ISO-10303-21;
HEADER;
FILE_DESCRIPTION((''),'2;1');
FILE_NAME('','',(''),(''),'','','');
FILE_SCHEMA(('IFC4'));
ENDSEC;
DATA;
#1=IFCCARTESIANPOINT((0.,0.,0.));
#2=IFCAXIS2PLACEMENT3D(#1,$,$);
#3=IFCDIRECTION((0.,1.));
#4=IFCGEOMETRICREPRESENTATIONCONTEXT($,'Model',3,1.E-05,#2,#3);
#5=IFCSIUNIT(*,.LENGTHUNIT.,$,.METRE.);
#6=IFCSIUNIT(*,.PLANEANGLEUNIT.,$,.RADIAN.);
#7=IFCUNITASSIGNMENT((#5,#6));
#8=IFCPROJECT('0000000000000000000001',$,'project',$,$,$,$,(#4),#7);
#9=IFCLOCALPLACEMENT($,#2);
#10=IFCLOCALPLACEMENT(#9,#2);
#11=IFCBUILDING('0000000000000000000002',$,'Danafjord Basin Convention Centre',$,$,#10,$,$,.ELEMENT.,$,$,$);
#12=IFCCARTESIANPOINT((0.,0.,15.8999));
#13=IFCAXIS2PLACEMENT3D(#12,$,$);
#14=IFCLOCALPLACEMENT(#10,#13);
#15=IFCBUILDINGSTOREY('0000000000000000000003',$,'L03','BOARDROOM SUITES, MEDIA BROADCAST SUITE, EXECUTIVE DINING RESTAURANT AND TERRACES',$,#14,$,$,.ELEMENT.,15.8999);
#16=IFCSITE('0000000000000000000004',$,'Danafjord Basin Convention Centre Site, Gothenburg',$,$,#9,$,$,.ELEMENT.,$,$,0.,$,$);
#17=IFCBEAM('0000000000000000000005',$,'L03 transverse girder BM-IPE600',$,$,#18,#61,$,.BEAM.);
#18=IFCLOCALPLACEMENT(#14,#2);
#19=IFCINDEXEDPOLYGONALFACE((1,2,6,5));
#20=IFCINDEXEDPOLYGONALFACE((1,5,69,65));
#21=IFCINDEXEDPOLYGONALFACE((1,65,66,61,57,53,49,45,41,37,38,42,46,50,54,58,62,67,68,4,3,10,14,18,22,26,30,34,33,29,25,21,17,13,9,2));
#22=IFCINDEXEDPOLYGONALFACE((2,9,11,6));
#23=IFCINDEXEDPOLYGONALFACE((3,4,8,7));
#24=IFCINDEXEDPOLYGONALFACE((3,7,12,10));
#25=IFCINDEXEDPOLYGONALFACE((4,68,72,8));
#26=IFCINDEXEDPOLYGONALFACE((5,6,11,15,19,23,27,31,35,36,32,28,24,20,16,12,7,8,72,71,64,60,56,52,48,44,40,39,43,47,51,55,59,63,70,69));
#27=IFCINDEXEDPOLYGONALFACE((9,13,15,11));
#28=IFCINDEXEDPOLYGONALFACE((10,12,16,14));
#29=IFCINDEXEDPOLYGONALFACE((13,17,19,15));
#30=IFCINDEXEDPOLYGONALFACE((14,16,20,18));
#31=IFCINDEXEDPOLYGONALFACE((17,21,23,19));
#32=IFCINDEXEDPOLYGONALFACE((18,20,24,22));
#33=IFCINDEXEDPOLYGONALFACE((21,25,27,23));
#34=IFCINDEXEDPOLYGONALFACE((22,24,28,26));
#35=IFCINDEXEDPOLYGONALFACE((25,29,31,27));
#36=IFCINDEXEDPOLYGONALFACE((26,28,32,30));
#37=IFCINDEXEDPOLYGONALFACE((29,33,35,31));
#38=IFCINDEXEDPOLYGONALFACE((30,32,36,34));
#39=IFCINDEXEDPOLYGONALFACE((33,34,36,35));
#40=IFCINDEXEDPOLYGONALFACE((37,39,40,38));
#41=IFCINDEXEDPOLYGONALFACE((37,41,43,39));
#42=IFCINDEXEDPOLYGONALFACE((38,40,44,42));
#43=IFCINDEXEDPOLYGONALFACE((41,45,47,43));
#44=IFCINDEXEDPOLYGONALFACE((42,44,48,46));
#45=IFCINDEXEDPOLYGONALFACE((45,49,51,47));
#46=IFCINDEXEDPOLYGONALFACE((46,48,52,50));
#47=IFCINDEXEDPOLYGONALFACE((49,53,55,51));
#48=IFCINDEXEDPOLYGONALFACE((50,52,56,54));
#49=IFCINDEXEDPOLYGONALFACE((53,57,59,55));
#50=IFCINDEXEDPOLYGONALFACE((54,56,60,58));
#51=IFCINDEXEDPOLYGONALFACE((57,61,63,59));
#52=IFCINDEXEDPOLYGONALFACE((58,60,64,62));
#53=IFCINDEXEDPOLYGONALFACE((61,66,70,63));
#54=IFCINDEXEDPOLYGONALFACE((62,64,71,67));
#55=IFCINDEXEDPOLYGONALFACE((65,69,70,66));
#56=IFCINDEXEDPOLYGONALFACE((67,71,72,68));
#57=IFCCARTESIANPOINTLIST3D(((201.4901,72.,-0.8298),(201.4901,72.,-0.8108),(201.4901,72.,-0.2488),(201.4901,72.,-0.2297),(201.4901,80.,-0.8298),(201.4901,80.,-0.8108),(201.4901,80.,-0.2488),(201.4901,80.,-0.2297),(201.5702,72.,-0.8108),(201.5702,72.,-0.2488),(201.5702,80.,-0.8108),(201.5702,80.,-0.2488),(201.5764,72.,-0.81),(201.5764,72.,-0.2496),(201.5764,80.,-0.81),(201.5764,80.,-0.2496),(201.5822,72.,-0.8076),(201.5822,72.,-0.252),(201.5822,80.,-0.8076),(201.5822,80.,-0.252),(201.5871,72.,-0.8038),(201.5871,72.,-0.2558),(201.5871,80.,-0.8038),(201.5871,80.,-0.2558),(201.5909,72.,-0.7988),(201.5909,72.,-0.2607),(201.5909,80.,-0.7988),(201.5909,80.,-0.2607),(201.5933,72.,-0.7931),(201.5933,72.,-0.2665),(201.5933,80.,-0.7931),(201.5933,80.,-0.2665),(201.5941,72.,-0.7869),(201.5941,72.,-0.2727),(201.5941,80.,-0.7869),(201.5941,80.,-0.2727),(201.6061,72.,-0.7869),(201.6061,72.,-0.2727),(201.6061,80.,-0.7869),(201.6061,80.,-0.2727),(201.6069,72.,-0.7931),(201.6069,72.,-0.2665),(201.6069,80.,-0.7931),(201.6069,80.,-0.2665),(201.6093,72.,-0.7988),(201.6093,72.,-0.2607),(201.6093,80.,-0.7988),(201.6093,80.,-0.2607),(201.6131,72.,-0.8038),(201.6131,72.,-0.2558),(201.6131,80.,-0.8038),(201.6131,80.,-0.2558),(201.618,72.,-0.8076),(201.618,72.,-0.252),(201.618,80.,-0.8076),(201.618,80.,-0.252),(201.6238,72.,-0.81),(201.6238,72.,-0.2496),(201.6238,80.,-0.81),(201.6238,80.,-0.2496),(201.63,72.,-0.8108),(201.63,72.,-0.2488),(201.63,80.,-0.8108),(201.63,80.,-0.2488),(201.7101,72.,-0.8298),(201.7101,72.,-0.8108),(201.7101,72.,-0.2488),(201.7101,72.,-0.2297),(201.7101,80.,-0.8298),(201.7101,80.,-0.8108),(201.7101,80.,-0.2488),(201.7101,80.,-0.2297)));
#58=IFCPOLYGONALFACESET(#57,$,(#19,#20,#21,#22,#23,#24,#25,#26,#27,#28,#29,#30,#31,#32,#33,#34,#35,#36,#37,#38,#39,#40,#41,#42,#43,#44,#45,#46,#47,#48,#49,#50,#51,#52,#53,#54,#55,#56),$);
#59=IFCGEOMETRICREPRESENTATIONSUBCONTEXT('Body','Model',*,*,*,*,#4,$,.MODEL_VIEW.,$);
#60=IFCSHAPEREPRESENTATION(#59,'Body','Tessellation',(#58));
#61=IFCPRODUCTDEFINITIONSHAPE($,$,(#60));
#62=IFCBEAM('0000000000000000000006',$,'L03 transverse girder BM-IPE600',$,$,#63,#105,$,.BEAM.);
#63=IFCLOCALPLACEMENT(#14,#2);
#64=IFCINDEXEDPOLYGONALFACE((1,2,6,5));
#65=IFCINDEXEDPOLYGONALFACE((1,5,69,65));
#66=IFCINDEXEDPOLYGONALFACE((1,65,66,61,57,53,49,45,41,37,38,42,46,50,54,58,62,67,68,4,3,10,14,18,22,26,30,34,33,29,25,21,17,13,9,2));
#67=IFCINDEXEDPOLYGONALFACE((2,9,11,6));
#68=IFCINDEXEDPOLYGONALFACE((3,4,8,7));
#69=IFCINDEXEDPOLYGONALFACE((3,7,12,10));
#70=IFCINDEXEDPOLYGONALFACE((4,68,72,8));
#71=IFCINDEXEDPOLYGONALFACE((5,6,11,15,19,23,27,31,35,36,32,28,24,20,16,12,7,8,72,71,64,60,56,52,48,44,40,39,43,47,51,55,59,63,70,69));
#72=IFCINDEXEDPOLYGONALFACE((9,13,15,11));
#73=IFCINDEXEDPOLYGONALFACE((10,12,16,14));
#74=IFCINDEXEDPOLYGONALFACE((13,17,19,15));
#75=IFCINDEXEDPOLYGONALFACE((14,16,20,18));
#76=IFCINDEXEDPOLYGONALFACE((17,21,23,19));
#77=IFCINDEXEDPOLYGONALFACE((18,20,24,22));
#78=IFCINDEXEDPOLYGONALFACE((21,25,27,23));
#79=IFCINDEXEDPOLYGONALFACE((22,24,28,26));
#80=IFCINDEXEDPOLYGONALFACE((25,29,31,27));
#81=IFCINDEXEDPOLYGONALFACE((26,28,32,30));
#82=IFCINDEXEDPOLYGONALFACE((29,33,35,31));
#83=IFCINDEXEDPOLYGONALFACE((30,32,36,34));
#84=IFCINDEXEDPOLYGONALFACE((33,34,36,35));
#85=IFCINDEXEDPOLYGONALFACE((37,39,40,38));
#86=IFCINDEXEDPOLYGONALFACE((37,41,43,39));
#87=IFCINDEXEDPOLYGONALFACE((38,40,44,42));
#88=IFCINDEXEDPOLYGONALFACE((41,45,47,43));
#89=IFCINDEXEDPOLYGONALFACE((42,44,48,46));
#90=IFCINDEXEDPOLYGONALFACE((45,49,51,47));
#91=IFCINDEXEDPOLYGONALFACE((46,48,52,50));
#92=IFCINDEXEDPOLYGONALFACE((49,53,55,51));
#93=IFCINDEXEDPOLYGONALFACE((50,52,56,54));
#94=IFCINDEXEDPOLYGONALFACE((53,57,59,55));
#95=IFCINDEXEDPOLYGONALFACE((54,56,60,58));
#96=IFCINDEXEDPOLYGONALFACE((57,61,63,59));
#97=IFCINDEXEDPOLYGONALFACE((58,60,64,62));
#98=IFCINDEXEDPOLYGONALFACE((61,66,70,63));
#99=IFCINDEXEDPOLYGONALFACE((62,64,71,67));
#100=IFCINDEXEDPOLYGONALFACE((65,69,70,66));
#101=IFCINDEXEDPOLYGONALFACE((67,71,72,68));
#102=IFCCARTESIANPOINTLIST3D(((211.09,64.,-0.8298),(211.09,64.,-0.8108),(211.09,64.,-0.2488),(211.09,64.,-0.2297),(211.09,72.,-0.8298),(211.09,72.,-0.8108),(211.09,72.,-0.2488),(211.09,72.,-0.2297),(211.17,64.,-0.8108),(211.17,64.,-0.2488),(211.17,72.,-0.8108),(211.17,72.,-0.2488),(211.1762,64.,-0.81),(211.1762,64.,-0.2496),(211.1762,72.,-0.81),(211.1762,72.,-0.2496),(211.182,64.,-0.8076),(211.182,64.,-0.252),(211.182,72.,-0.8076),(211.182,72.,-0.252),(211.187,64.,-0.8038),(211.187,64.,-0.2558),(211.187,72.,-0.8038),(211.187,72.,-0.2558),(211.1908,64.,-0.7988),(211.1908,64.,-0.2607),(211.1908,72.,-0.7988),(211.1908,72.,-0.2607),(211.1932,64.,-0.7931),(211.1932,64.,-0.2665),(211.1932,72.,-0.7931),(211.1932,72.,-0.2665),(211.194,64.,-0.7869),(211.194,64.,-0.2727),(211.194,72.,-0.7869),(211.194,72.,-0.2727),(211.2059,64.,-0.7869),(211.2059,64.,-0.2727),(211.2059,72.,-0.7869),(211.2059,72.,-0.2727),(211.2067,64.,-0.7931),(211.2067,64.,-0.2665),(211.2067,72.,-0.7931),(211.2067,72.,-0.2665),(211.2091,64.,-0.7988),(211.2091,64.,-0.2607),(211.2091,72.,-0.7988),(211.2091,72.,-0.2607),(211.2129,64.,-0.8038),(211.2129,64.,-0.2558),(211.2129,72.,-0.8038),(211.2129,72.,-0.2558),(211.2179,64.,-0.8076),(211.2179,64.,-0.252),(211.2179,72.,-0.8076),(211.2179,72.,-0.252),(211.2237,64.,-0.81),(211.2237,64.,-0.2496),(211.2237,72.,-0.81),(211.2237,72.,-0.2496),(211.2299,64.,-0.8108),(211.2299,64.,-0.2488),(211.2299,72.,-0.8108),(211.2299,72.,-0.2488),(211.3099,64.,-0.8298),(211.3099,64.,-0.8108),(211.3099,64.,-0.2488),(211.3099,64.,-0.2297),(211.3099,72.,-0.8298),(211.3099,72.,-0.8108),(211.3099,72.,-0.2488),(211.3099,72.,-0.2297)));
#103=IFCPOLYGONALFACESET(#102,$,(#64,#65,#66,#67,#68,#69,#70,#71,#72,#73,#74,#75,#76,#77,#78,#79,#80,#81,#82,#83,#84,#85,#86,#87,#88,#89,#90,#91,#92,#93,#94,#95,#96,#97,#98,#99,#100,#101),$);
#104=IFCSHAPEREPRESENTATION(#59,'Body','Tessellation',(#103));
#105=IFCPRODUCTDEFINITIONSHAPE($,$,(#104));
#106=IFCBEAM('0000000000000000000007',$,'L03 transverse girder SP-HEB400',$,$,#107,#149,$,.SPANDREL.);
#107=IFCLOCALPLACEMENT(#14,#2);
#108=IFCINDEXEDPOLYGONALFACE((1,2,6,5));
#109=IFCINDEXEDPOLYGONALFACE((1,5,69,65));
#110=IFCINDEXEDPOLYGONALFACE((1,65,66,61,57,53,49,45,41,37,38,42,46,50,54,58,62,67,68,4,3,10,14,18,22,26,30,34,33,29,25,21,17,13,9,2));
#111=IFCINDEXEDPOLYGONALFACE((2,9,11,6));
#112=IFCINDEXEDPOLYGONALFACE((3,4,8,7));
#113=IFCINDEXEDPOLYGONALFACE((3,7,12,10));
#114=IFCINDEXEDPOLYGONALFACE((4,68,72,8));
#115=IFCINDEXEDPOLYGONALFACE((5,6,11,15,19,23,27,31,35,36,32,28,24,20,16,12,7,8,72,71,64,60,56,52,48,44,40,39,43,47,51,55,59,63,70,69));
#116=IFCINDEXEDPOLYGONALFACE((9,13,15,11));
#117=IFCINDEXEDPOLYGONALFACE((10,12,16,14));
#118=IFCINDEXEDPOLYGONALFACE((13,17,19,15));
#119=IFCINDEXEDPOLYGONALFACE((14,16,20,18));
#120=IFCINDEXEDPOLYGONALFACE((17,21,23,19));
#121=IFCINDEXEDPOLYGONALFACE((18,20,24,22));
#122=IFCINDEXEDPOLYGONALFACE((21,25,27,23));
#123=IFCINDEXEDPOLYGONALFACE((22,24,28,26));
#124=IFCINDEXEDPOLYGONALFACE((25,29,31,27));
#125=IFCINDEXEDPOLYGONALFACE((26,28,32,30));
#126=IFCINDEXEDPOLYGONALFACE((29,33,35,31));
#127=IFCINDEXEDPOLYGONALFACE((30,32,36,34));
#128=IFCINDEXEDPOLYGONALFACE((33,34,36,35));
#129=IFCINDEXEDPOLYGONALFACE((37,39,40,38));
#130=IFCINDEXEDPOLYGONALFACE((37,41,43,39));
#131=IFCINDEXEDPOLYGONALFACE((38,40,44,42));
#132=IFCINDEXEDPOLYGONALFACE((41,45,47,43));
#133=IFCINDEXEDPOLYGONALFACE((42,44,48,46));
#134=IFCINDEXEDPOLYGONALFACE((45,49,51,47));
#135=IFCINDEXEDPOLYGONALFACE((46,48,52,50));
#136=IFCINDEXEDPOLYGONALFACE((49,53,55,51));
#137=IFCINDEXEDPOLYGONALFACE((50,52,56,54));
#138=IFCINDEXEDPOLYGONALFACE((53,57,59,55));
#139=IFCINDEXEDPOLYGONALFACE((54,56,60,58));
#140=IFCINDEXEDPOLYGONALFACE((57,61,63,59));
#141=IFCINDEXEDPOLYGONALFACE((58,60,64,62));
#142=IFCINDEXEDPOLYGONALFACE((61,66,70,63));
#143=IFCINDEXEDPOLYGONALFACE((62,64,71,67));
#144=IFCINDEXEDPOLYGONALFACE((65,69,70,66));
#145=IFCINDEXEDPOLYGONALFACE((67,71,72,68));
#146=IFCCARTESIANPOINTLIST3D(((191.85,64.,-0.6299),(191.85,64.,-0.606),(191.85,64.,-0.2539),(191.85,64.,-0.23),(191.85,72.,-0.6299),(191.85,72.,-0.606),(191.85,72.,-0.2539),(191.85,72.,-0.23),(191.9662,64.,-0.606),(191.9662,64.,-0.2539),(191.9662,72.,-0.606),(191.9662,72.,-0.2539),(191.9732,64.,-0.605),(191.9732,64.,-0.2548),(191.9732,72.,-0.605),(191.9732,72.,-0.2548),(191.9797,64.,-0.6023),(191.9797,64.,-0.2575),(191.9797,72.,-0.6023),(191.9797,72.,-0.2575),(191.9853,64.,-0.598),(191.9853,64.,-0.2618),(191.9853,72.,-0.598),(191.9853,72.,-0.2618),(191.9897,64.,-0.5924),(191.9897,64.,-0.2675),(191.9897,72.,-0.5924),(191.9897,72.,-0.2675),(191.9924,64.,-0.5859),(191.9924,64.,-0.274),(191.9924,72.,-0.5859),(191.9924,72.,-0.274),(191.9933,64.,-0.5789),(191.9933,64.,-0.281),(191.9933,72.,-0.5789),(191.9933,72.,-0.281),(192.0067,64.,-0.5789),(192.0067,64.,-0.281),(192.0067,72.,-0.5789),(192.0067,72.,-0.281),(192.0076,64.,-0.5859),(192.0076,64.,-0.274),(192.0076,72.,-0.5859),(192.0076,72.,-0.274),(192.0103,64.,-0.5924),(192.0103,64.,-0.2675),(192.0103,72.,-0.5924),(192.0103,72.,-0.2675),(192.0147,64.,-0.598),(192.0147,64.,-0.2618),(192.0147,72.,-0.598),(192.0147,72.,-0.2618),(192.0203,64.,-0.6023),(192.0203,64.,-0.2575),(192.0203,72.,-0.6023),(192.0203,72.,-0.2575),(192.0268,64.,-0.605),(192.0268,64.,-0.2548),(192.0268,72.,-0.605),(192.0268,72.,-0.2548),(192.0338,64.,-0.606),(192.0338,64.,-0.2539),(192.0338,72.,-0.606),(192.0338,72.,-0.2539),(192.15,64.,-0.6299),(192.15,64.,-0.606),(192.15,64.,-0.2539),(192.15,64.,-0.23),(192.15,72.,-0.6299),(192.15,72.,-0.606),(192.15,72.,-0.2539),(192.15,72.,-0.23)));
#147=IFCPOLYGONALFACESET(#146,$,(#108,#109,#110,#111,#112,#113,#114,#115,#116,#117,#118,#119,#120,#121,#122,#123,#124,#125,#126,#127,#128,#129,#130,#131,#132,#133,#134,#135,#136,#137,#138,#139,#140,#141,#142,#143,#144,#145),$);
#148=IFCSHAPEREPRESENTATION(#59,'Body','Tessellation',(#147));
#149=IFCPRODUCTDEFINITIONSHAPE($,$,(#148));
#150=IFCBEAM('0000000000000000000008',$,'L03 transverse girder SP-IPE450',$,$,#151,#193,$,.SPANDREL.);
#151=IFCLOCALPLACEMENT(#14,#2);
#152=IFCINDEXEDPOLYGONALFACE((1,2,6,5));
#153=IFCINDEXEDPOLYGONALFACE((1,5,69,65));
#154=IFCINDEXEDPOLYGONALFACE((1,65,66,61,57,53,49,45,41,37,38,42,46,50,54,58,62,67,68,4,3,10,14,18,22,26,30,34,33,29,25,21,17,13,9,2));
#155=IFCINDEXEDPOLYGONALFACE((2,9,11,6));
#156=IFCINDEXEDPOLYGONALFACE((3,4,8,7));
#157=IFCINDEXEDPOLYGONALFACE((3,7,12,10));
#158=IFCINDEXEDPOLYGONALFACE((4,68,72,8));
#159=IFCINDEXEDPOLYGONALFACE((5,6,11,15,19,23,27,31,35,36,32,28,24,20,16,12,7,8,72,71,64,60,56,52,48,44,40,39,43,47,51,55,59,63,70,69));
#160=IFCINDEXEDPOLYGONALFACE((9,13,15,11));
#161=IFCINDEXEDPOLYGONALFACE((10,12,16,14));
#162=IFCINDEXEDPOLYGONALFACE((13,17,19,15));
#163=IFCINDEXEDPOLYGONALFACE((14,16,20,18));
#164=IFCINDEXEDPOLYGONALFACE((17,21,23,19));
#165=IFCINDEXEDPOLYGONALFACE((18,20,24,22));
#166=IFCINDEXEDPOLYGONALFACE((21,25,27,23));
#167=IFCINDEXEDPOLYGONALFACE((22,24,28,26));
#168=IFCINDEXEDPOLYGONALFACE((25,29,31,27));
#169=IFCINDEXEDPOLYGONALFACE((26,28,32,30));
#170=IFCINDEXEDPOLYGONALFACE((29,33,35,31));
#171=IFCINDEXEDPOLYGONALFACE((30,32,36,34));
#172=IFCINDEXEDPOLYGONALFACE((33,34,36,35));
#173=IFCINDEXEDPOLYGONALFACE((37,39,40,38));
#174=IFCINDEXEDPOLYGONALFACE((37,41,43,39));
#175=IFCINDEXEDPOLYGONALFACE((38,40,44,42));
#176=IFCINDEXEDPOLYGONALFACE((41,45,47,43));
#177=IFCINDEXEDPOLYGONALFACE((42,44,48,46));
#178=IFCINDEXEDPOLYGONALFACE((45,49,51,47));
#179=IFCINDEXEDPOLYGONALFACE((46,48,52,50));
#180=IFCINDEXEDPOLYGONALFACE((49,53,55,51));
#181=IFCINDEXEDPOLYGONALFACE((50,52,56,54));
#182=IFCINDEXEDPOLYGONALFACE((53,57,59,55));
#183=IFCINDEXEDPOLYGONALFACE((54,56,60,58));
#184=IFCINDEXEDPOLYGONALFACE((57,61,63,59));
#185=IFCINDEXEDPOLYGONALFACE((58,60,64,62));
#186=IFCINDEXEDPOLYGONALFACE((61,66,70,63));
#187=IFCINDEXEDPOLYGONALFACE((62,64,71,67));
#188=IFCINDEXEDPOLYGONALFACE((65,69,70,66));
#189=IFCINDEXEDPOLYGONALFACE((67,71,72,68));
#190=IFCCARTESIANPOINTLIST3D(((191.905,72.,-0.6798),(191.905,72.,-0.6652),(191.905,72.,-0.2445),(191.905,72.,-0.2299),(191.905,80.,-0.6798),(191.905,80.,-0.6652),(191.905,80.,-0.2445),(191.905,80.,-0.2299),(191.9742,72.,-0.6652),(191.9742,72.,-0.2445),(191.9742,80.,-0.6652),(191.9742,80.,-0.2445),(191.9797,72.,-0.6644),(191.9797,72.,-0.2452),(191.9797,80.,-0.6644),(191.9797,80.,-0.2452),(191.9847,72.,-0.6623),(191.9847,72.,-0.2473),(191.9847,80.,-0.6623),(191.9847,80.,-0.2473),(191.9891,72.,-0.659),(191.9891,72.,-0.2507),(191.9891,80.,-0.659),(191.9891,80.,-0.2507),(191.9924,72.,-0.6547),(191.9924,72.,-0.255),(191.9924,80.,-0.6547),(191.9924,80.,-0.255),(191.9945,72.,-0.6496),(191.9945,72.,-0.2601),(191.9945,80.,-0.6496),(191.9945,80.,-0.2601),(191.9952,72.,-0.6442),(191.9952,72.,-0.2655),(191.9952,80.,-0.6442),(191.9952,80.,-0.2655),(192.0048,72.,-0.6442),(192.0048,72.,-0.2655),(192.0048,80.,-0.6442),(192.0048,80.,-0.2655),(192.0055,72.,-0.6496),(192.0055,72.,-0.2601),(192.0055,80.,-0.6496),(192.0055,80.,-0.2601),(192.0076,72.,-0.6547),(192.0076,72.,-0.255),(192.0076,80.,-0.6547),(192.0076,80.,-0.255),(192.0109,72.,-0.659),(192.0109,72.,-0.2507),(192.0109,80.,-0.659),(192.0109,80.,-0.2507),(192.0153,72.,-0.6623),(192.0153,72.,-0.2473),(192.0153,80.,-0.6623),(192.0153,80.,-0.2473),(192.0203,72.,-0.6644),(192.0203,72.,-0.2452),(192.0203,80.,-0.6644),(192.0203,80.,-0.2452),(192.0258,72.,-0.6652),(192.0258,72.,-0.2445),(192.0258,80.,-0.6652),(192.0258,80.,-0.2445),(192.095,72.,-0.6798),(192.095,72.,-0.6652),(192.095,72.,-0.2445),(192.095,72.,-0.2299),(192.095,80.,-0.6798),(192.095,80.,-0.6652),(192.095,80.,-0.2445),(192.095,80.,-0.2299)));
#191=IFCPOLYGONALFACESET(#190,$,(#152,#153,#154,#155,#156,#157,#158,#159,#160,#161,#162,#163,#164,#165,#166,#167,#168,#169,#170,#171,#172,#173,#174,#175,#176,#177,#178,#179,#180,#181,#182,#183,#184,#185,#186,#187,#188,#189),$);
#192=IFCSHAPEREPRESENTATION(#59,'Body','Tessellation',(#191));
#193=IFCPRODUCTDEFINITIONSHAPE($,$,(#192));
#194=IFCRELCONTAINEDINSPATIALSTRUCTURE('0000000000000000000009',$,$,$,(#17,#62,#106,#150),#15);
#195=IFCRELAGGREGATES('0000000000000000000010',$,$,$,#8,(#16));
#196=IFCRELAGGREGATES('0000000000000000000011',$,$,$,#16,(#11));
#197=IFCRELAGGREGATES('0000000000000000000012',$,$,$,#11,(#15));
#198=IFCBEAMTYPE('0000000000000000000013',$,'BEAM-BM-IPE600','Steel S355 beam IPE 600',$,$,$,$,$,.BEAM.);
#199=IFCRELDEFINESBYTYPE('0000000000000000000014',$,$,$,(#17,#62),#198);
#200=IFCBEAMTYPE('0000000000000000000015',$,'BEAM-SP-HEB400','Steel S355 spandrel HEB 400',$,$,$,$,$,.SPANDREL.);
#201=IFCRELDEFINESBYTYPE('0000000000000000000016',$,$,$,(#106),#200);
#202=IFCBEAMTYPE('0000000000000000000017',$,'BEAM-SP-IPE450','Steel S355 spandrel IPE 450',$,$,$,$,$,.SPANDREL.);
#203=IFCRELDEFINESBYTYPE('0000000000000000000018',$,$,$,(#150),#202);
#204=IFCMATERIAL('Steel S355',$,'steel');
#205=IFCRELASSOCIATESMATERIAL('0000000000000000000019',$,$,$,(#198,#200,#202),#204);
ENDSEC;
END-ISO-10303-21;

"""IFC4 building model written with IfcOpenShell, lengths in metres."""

from ifc_helpers import new_model, si_unit, direction, frame, origin, origin_2d, place, context, subcontext, project, spatial, i_section, extrude, material, material_profile, profile_set, type_object, element, save


model = new_model("IFC4")

# Units and contexts
model_context = context("Model", 3, precision=1e-05, world=origin(), true_north=direction((0.0, 1.0)))
body_context = subcontext(model_context, "Body", "Model", "MODEL_VIEW")
ifc_project = project(units=[si_unit("LENGTHUNIT", "METRE"), si_unit("PLANEANGLEUNIT", "RADIAN")], contexts=[model_context])

# Site, building, storey
site_placement = place(None, origin())
site = spatial("IfcSite", under=ifc_project, at=site_placement, Name="Danafjord Basin Convention Centre Site, Gothenburg", CompositionType="ELEMENT", RefElevation=0.0)
building_placement = place(site_placement, origin())
building = spatial("IfcBuilding", under=site, at=building_placement, Name="Danafjord Basin Convention Centre", CompositionType="ELEMENT")
storey_placement = place(building_placement, frame((0.0, 0.0, 15.8999)))
storey = spatial("IfcBuildingStorey", under=building, at=storey_placement, Name="L03", Description="BOARDROOM SUITES, MEDIA BROADCAST SUITE, EXECUTIVE DINING RESTAURANT AND TERRACES", CompositionType="ELEMENT", Elevation=15.8999)

# Shared definitions
ifc_material_1 = material(Name="Steel S355", Category="steel")

# Beams
ifc_material_profile_1 = material_profile(ifc_material_1, i_section(OverallWidth=0.22, OverallDepth=0.6001, WebThickness=0.012, FlangeThickness=0.019, FilletRadius=0.0239, at=origin_2d()), Name="IPE 600")
ifc_profile_set_1 = profile_set([ifc_material_profile_1], Name="Steel S355")
beam_type_1 = type_object("IfcBeamType", Name="BEAM-BM-IPE600", Description="Steel S355 beam IPE 600", PredefinedType="BEAM", material=ifc_profile_set_1)
for number, where, z_axis, x_axis, name in (
    (1, (201.6001, 72.0, -0.5298), (0.0, 1.0, 0.0), (-1.0, 0.0, 0.0), "L03 transverse girder BM-IPE600"),
    (2, (211.2, 64.0, -0.5298), (0.0, 1.0, 0.0), (-1.0, 0.0, 0.0), "L03 transverse girder BM-IPE600"),
):
    element("IfcBeam", number, at=place(storey_placement, frame(where, z_axis=z_axis, x_axis=x_axis)), inside=storey, type_object=beam_type_1, Name=name, PredefinedType="BEAM", context=body_context, shape_type="SweptSolid", body=[
        extrude(i_section(OverallWidth=0.22, OverallDepth=0.6001, WebThickness=0.012, FlangeThickness=0.019, FilletRadius=0.0239, at=origin_2d()), origin(), (0.0, 0.0, 1.0), 8.0),
    ])
ifc_material_profile_2 = material_profile(ifc_material_1, i_section(OverallWidth=0.3, OverallDepth=0.3999, WebThickness=0.0134, FlangeThickness=0.0239, FilletRadius=0.0271, at=origin_2d()), Name="HEB 400")
ifc_profile_set_2 = profile_set([ifc_material_profile_2], Name="Steel S355")
beam_type_2 = type_object("IfcBeamType", Name="BEAM-SP-HEB400", Description="Steel S355 spandrel HEB 400", PredefinedType="SPANDREL", material=ifc_profile_set_2)
beam_1_placement = place(storey_placement, frame((192.0, 64.0, -0.4299), z_axis=(0.0, 1.0, 0.0), x_axis=(-1.0, 0.0, 0.0)))
element("IfcBeam", 3, at=beam_1_placement, inside=storey, type_object=beam_type_2, Name="L03 transverse girder SP-HEB400", PredefinedType="SPANDREL", context=body_context, shape_type="SweptSolid", body=[
    extrude(i_section(OverallWidth=0.3, OverallDepth=0.3999, WebThickness=0.0134, FlangeThickness=0.0239, FilletRadius=0.0271, at=origin_2d()), origin(), (0.0, 0.0, 1.0), 8.0),
])
ifc_material_profile_3 = material_profile(ifc_material_1, i_section(OverallWidth=0.1899, OverallDepth=0.45, WebThickness=0.0095, FlangeThickness=0.0146, FilletRadius=0.021, at=origin_2d()), Name="IPE 450")
ifc_profile_set_3 = profile_set([ifc_material_profile_3], Name="Steel S355")
beam_type_3 = type_object("IfcBeamType", Name="BEAM-SP-IPE450", Description="Steel S355 spandrel IPE 450", PredefinedType="SPANDREL", material=ifc_profile_set_3)
for number, where, z_axis, x_axis, name in (
    (4, (192.0, 72.0, -0.4548), (0.0, 1.0, 0.0), (-1.0, 0.0, 0.0), "L03 transverse girder SP-IPE450"),
):
    element("IfcBeam", number, at=place(storey_placement, frame(where, z_axis=z_axis, x_axis=x_axis)), inside=storey, type_object=beam_type_3, Name=name, PredefinedType="SPANDREL", context=body_context, shape_type="SweptSolid", body=[
        extrude(i_section(OverallWidth=0.1899, OverallDepth=0.45, WebThickness=0.0095, FlangeThickness=0.0146, FilletRadius=0.021, at=origin_2d()), origin(), (0.0, 0.0, 1.0), 8.0),
    ])

save(model, "model.ifc")
